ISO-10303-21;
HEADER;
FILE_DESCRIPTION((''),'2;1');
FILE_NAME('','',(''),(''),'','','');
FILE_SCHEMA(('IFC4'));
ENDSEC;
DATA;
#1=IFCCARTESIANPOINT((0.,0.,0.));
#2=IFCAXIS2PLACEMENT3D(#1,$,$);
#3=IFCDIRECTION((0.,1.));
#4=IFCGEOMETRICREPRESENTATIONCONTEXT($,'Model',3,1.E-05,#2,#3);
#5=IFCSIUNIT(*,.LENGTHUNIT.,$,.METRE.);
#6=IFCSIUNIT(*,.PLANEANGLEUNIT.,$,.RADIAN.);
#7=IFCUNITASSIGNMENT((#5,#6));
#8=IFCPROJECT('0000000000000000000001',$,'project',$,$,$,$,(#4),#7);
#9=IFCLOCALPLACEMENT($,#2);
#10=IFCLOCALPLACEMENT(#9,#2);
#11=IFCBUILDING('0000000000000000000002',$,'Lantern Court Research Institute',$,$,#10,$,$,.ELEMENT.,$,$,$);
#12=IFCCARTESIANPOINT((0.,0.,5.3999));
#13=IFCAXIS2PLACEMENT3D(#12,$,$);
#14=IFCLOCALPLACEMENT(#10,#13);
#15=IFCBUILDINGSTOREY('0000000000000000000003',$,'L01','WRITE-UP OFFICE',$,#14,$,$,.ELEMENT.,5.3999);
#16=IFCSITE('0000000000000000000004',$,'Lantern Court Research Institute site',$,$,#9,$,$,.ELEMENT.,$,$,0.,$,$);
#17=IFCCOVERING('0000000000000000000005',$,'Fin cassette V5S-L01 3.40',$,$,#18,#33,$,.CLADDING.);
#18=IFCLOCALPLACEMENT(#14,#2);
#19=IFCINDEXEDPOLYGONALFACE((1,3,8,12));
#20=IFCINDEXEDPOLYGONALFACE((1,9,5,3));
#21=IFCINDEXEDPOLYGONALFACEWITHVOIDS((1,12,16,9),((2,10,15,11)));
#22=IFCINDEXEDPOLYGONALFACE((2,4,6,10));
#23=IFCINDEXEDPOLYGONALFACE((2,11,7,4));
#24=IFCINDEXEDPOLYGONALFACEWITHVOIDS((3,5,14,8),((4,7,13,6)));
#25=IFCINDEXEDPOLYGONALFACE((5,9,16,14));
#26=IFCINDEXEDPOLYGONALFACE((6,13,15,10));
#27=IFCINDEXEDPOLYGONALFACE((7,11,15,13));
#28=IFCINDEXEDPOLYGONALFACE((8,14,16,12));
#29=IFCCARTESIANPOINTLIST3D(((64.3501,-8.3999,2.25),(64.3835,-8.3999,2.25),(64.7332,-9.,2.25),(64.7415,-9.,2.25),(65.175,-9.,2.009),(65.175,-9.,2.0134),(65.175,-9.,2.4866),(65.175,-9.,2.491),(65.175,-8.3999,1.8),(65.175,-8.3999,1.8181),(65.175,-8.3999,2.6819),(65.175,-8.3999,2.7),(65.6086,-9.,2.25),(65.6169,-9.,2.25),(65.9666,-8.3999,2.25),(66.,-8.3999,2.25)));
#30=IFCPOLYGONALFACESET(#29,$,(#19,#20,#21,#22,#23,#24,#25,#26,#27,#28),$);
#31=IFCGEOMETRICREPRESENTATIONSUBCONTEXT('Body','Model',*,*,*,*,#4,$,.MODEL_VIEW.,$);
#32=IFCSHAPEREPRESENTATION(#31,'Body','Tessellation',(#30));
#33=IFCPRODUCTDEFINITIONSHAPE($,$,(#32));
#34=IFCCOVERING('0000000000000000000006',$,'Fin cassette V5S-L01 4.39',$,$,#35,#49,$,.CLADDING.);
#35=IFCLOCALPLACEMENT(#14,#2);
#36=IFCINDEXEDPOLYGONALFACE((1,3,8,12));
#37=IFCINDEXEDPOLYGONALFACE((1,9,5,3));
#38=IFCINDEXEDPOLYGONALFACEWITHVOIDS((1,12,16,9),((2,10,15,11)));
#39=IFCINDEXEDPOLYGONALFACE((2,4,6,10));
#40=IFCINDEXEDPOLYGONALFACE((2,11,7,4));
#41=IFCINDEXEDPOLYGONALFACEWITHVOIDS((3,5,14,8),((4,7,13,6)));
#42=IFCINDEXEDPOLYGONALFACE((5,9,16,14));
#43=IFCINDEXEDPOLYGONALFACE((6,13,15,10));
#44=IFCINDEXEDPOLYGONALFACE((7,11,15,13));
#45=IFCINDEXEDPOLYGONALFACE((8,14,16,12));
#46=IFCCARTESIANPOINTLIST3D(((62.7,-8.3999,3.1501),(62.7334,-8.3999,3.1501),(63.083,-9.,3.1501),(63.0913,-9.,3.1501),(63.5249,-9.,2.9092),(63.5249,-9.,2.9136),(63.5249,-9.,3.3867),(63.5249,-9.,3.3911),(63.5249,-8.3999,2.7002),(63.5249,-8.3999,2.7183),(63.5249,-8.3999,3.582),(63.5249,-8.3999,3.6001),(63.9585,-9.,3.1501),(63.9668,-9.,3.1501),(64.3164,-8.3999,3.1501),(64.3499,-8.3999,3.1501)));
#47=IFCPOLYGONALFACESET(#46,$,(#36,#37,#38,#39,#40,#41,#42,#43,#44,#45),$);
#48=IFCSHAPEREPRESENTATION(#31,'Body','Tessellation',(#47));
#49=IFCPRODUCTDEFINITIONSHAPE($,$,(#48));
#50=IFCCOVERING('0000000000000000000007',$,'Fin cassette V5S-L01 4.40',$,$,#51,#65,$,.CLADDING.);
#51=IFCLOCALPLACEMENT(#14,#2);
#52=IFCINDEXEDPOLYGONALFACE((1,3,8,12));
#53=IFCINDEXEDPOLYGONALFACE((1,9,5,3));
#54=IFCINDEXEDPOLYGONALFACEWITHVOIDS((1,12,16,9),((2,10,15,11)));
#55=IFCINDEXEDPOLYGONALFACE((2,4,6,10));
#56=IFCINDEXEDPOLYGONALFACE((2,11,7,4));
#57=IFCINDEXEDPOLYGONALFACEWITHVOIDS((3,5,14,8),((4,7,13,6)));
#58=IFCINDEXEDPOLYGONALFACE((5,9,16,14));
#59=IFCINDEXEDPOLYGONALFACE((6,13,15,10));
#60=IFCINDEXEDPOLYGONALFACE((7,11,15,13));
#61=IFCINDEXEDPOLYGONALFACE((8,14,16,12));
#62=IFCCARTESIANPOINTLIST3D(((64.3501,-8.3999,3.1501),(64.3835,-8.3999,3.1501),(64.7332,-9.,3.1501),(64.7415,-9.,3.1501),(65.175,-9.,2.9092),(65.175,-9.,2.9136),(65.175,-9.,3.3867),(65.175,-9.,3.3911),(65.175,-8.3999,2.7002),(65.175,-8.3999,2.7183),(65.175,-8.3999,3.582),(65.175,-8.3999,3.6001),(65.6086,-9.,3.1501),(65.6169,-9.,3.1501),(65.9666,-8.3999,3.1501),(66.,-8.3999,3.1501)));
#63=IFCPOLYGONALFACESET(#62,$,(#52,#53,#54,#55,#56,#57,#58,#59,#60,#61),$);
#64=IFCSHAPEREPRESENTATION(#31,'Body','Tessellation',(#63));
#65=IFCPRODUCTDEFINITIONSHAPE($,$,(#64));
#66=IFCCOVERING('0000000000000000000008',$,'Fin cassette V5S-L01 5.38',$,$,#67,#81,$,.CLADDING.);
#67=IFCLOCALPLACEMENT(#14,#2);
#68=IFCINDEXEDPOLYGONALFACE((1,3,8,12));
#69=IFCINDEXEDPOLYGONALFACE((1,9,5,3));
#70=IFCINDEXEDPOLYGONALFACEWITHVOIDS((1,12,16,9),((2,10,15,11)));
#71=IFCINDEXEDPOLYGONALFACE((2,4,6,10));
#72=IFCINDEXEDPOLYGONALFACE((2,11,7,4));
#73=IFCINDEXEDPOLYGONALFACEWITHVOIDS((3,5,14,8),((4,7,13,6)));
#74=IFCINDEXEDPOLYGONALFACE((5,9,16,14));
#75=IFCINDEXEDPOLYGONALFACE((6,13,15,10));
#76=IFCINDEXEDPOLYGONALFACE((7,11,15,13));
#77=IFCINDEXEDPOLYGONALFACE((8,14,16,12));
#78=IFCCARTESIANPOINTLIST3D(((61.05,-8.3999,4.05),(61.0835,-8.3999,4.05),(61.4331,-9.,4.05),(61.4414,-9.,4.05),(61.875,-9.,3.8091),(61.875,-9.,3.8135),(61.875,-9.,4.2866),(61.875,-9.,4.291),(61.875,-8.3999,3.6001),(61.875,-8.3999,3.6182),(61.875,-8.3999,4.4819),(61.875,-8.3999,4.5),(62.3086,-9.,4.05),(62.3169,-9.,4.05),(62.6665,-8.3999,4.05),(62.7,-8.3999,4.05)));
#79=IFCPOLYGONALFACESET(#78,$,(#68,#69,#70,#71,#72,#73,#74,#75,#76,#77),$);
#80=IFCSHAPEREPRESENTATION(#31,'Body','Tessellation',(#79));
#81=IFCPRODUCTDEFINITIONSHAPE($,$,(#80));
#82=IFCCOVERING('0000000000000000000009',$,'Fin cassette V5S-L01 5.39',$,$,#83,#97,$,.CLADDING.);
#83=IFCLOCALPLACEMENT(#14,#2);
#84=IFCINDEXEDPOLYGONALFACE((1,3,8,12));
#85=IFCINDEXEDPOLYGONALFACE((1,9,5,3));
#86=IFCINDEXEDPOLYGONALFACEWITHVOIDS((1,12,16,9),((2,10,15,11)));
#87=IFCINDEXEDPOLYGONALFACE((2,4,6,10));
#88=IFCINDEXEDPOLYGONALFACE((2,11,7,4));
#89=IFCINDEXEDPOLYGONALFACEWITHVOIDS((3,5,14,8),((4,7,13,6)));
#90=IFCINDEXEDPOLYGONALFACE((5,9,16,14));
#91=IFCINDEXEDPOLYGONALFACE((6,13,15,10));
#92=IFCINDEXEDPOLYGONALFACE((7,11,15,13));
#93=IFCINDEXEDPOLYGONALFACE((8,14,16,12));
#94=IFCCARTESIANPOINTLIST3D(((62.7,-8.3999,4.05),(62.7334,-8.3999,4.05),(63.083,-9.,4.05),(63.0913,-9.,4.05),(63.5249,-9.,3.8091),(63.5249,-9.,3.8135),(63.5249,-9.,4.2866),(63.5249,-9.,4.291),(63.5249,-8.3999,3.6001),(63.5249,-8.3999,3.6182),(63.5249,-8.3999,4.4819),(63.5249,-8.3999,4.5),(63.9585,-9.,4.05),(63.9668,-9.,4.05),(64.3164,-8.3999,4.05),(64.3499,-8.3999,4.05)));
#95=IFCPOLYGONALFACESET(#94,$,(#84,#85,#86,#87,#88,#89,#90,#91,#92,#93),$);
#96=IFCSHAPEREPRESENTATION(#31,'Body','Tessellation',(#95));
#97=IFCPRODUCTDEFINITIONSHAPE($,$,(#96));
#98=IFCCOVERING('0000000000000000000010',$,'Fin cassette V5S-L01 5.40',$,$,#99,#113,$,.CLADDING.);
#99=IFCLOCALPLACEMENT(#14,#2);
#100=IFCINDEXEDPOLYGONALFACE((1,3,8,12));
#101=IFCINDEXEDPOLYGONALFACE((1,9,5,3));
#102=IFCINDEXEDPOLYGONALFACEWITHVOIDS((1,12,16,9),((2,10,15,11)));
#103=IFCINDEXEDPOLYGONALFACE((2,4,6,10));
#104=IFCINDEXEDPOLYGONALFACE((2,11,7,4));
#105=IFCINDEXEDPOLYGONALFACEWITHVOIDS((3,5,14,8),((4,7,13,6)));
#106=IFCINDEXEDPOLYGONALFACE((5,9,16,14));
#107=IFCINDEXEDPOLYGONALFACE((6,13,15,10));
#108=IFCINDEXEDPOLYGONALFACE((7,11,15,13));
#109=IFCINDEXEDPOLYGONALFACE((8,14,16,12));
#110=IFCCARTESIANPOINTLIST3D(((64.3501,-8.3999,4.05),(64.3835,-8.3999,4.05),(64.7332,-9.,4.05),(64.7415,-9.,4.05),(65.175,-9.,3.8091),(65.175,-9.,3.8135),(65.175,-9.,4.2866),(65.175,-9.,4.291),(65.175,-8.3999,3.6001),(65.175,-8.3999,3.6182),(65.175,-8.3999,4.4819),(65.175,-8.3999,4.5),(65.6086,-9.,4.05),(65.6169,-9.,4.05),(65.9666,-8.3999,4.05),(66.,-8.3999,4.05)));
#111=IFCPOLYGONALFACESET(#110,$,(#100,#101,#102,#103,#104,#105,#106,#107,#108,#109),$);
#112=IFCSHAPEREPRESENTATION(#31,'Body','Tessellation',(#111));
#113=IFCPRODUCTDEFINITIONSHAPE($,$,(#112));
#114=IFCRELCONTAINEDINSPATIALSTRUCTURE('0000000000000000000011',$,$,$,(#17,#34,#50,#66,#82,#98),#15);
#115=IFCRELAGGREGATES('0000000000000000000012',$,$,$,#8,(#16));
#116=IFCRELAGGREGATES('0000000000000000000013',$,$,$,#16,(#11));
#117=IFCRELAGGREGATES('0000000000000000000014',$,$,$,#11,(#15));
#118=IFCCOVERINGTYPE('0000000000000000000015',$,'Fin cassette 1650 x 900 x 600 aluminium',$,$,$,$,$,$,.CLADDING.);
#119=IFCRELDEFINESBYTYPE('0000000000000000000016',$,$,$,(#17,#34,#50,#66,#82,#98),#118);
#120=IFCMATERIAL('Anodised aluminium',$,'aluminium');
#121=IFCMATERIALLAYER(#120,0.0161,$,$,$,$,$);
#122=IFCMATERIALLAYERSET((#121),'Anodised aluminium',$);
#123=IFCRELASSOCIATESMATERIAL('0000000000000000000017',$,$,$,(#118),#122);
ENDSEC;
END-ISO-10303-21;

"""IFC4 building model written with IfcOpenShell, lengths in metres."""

from ifc_helpers import new_model, entity, si_unit, direction, frame, origin, place, context, subcontext, project, spatial, material, layer, layer_set, type_object, element, save


model = new_model("IFC4")

# Units and contexts
model_context = context("Model", 3, precision=1e-05, world=origin(), true_north=direction((0.0, 1.0)))
body_context = subcontext(model_context, "Body", "Model", "MODEL_VIEW")
ifc_project = project(units=[si_unit("LENGTHUNIT", "METRE"), si_unit("PLANEANGLEUNIT", "RADIAN")], contexts=[model_context])

# Site, building, storey
site_placement = place(None, origin())
site = spatial("IfcSite", under=ifc_project, at=site_placement, Name="Lantern Court Research Institute site", CompositionType="ELEMENT", RefElevation=0.0)
building_placement = place(site_placement, origin())
building = spatial("IfcBuilding", under=site, at=building_placement, Name="Lantern Court Research Institute", CompositionType="ELEMENT")
storey_placement = place(building_placement, frame((0.0, 0.0, 5.3999)))
storey = spatial("IfcBuildingStorey", under=building, at=storey_placement, Name="L01", Description="WRITE-UP OFFICE", CompositionType="ELEMENT", Elevation=5.3999)

# Coverings
ifc_material_1 = material(Name="Anodised aluminium", Category="aluminium")
ifc_layer_1 = layer(ifc_material_1, 0.0161)
ifc_layer_set_1 = layer_set([ifc_layer_1], Name="Anodised aluminium")
covering_type = type_object("IfcCoveringType", Name="Fin cassette 1650 x 900 x 600 aluminium", PredefinedType="CLADDING", material=ifc_layer_set_1)
covering_1_placement = place(storey_placement, frame((65.175, -8.3999, 2.25), z_axis=(0.0, -1.0, 0.0), x_axis=(1.0, 0.0, 0.0)))
cartesian_point_1 = entity("IfcCartesianPoint", [0.825, 0.0])
cartesian_point_2 = entity("IfcCartesianPoint", [0.7915, 0.0])
cartesian_point_3 = entity("IfcCartesianPoint", [0.4419, 0.0])
cartesian_point_4 = entity("IfcCartesianPoint", [0.4336, 0.0])
element("IfcCovering", 1, at=covering_1_placement, inside=storey, type_object=covering_type, Name="Fin cassette V5S-L01 3.40", PredefinedType="CLADDING", context=body_context, shape_type="SweptSolid", body=[
    entity("IfcExtrudedAreaSolidTapered", entity("IfcArbitraryProfileDefWithVoids", "AREA", None, entity("IfcPolyline", [cartesian_point_1, entity("IfcCartesianPoint", [0.0, 0.45]), entity("IfcCartesianPoint", [-0.825, 0.0]), entity("IfcCartesianPoint", [0.0, -0.45]), cartesian_point_1]), [entity("IfcPolyline", [cartesian_point_2, entity("IfcCartesianPoint", [0.0, 0.4319]), entity("IfcCartesianPoint", [-0.7915, 0.0]), entity("IfcCartesianPoint", [0.0, -0.4319]), cartesian_point_2])]), entity("IfcAxis2Placement3D", entity("IfcCartesianPoint", [0.0, 0.0, 0.0])), entity("IfcDirection", [0.0, 0.0, 1.0]), 0.6001, entity("IfcArbitraryProfileDefWithVoids", "AREA", None, entity("IfcPolyline", [cartesian_point_3, entity("IfcCartesianPoint", [0.0, 0.241]), entity("IfcCartesianPoint", [-0.4419, 0.0]), entity("IfcCartesianPoint", [0.0, -0.241]), cartesian_point_3]), [entity("IfcPolyline", [cartesian_point_4, entity("IfcCartesianPoint", [0.0, 0.2366]), entity("IfcCartesianPoint", [-0.4336, 0.0]), entity("IfcCartesianPoint", [0.0, -0.2366]), cartesian_point_4])])),
])
covering_2_placement = place(storey_placement, frame((63.5249, -8.3999, 3.1501), z_axis=(0.0, -1.0, 0.0), x_axis=(1.0, 0.0, 0.0)))
cartesian_point_5 = entity("IfcCartesianPoint", [0.825, 0.0])
cartesian_point_6 = entity("IfcCartesianPoint", [0.7915, 0.0])
cartesian_point_7 = entity("IfcCartesianPoint", [0.4419, 0.0])
cartesian_point_8 = entity("IfcCartesianPoint", [0.4336, 0.0])
element("IfcCovering", 2, at=covering_2_placement, inside=storey, type_object=covering_type, Name="Fin cassette V5S-L01 4.39", PredefinedType="CLADDING", context=body_context, shape_type="SweptSolid", body=[
    entity("IfcExtrudedAreaSolidTapered", entity("IfcArbitraryProfileDefWithVoids", "AREA", None, entity("IfcPolyline", [cartesian_point_5, entity("IfcCartesianPoint", [0.0, 0.45]), entity("IfcCartesianPoint", [-0.825, 0.0]), entity("IfcCartesianPoint", [0.0, -0.45]), cartesian_point_5]), [entity("IfcPolyline", [cartesian_point_6, entity("IfcCartesianPoint", [0.0, 0.4319]), entity("IfcCartesianPoint", [-0.7915, 0.0]), entity("IfcCartesianPoint", [0.0, -0.4319]), cartesian_point_6])]), entity("IfcAxis2Placement3D", entity("IfcCartesianPoint", [0.0, 0.0, 0.0])), entity("IfcDirection", [0.0, 0.0, 1.0]), 0.6001, entity("IfcArbitraryProfileDefWithVoids", "AREA", None, entity("IfcPolyline", [cartesian_point_7, entity("IfcCartesianPoint", [0.0, 0.241]), entity("IfcCartesianPoint", [-0.4419, 0.0]), entity("IfcCartesianPoint", [0.0, -0.241]), cartesian_point_7]), [entity("IfcPolyline", [cartesian_point_8, entity("IfcCartesianPoint", [0.0, 0.2366]), entity("IfcCartesianPoint", [-0.4336, 0.0]), entity("IfcCartesianPoint", [0.0, -0.2366]), cartesian_point_8])])),
])
covering_3_placement = place(storey_placement, frame((65.175, -8.3999, 3.1501), z_axis=(0.0, -1.0, 0.0), x_axis=(1.0, 0.0, 0.0)))
cartesian_point_9 = entity("IfcCartesianPoint", [0.825, 0.0])
cartesian_point_10 = entity("IfcCartesianPoint", [0.7915, 0.0])
cartesian_point_11 = entity("IfcCartesianPoint", [0.4419, 0.0])
cartesian_point_12 = entity("IfcCartesianPoint", [0.4336, 0.0])
element("IfcCovering", 3, at=covering_3_placement, inside=storey, type_object=covering_type, Name="Fin cassette V5S-L01 4.40", PredefinedType="CLADDING", context=body_context, shape_type="SweptSolid", body=[
    entity("IfcExtrudedAreaSolidTapered", entity("IfcArbitraryProfileDefWithVoids", "AREA", None, entity("IfcPolyline", [cartesian_point_9, entity("IfcCartesianPoint", [0.0, 0.45]), entity("IfcCartesianPoint", [-0.825, 0.0]), entity("IfcCartesianPoint", [0.0, -0.45]), cartesian_point_9]), [entity("IfcPolyline", [cartesian_point_10, entity("IfcCartesianPoint", [0.0, 0.4319]), entity("IfcCartesianPoint", [-0.7915, 0.0]), entity("IfcCartesianPoint", [0.0, -0.4319]), cartesian_point_10])]), entity("IfcAxis2Placement3D", entity("IfcCartesianPoint", [0.0, 0.0, 0.0])), entity("IfcDirection", [0.0, 0.0, 1.0]), 0.6001, entity("IfcArbitraryProfileDefWithVoids", "AREA", None, entity("IfcPolyline", [cartesian_point_11, entity("IfcCartesianPoint", [0.0, 0.241]), entity("IfcCartesianPoint", [-0.4419, 0.0]), entity("IfcCartesianPoint", [0.0, -0.241]), cartesian_point_11]), [entity("IfcPolyline", [cartesian_point_12, entity("IfcCartesianPoint", [0.0, 0.2366]), entity("IfcCartesianPoint", [-0.4336, 0.0]), entity("IfcCartesianPoint", [0.0, -0.2366]), cartesian_point_12])])),
])
covering_4_placement = place(storey_placement, frame((61.875, -8.3999, 4.05), z_axis=(0.0, -1.0, 0.0), x_axis=(1.0, 0.0, 0.0)))
cartesian_point_13 = entity("IfcCartesianPoint", [0.825, 0.0])
cartesian_point_14 = entity("IfcCartesianPoint", [0.7915, 0.0])
cartesian_point_15 = entity("IfcCartesianPoint", [0.4419, 0.0])
cartesian_point_16 = entity("IfcCartesianPoint", [0.4336, 0.0])
element("IfcCovering", 4, at=covering_4_placement, inside=storey, type_object=covering_type, Name="Fin cassette V5S-L01 5.38", PredefinedType="CLADDING", context=body_context, shape_type="SweptSolid", body=[
    entity("IfcExtrudedAreaSolidTapered", entity("IfcArbitraryProfileDefWithVoids", "AREA", None, entity("IfcPolyline", [cartesian_point_13, entity("IfcCartesianPoint", [0.0, 0.45]), entity("IfcCartesianPoint", [-0.825, 0.0]), entity("IfcCartesianPoint", [0.0, -0.45]), cartesian_point_13]), [entity("IfcPolyline", [cartesian_point_14, entity("IfcCartesianPoint", [0.0, 0.4319]), entity("IfcCartesianPoint", [-0.7915, 0.0]), entity("IfcCartesianPoint", [0.0, -0.4319]), cartesian_point_14])]), entity("IfcAxis2Placement3D", entity("IfcCartesianPoint", [0.0, 0.0, 0.0])), entity("IfcDirection", [0.0, 0.0, 1.0]), 0.6001, entity("IfcArbitraryProfileDefWithVoids", "AREA", None, entity("IfcPolyline", [cartesian_point_15, entity("IfcCartesianPoint", [0.0, 0.241]), entity("IfcCartesianPoint", [-0.4419, 0.0]), entity("IfcCartesianPoint", [0.0, -0.241]), cartesian_point_15]), [entity("IfcPolyline", [cartesian_point_16, entity("IfcCartesianPoint", [0.0, 0.2366]), entity("IfcCartesianPoint", [-0.4336, 0.0]), entity("IfcCartesianPoint", [0.0, -0.2366]), cartesian_point_16])])),
])
covering_5_placement = place(storey_placement, frame((63.5249, -8.3999, 4.05), z_axis=(0.0, -1.0, 0.0), x_axis=(1.0, 0.0, 0.0)))
cartesian_point_17 = entity("IfcCartesianPoint", [0.825, 0.0])
cartesian_point_18 = entity("IfcCartesianPoint", [0.7915, 0.0])
cartesian_point_19 = entity("IfcCartesianPoint", [0.4419, 0.0])
cartesian_point_20 = entity("IfcCartesianPoint", [0.4336, 0.0])
element("IfcCovering", 5, at=covering_5_placement, inside=storey, type_object=covering_type, Name="Fin cassette V5S-L01 5.39", PredefinedType="CLADDING", context=body_context, shape_type="SweptSolid", body=[
    entity("IfcExtrudedAreaSolidTapered", entity("IfcArbitraryProfileDefWithVoids", "AREA", None, entity("IfcPolyline", [cartesian_point_17, entity("IfcCartesianPoint", [0.0, 0.45]), entity("IfcCartesianPoint", [-0.825, 0.0]), entity("IfcCartesianPoint", [0.0, -0.45]), cartesian_point_17]), [entity("IfcPolyline", [cartesian_point_18, entity("IfcCartesianPoint", [0.0, 0.4319]), entity("IfcCartesianPoint", [-0.7915, 0.0]), entity("IfcCartesianPoint", [0.0, -0.4319]), cartesian_point_18])]), entity("IfcAxis2Placement3D", entity("IfcCartesianPoint", [0.0, 0.0, 0.0])), entity("IfcDirection", [0.0, 0.0, 1.0]), 0.6001, entity("IfcArbitraryProfileDefWithVoids", "AREA", None, entity("IfcPolyline", [cartesian_point_19, entity("IfcCartesianPoint", [0.0, 0.241]), entity("IfcCartesianPoint", [-0.4419, 0.0]), entity("IfcCartesianPoint", [0.0, -0.241]), cartesian_point_19]), [entity("IfcPolyline", [cartesian_point_20, entity("IfcCartesianPoint", [0.0, 0.2366]), entity("IfcCartesianPoint", [-0.4336, 0.0]), entity("IfcCartesianPoint", [0.0, -0.2366]), cartesian_point_20])])),
])
covering_6_placement = place(storey_placement, frame((65.175, -8.3999, 4.05), z_axis=(0.0, -1.0, 0.0), x_axis=(1.0, 0.0, 0.0)))
cartesian_point_21 = entity("IfcCartesianPoint", [0.825, 0.0])
cartesian_point_22 = entity("IfcCartesianPoint", [0.7915, 0.0])
cartesian_point_23 = entity("IfcCartesianPoint", [0.4419, 0.0])
cartesian_point_24 = entity("IfcCartesianPoint", [0.4336, 0.0])
element("IfcCovering", 6, at=covering_6_placement, inside=storey, type_object=covering_type, Name="Fin cassette V5S-L01 5.40", PredefinedType="CLADDING", context=body_context, shape_type="SweptSolid", body=[
    entity("IfcExtrudedAreaSolidTapered", entity("IfcArbitraryProfileDefWithVoids", "AREA", None, entity("IfcPolyline", [cartesian_point_21, entity("IfcCartesianPoint", [0.0, 0.45]), entity("IfcCartesianPoint", [-0.825, 0.0]), entity("IfcCartesianPoint", [0.0, -0.45]), cartesian_point_21]), [entity("IfcPolyline", [cartesian_point_22, entity("IfcCartesianPoint", [0.0, 0.4319]), entity("IfcCartesianPoint", [-0.7915, 0.0]), entity("IfcCartesianPoint", [0.0, -0.4319]), cartesian_point_22])]), entity("IfcAxis2Placement3D", entity("IfcCartesianPoint", [0.0, 0.0, 0.0])), entity("IfcDirection", [0.0, 0.0, 1.0]), 0.6001, entity("IfcArbitraryProfileDefWithVoids", "AREA", None, entity("IfcPolyline", [cartesian_point_23, entity("IfcCartesianPoint", [0.0, 0.241]), entity("IfcCartesianPoint", [-0.4419, 0.0]), entity("IfcCartesianPoint", [0.0, -0.241]), cartesian_point_23]), [entity("IfcPolyline", [cartesian_point_24, entity("IfcCartesianPoint", [0.0, 0.2366]), entity("IfcCartesianPoint", [-0.4336, 0.0]), entity("IfcCartesianPoint", [0.0, -0.2366]), cartesian_point_24])])),
])

save(model, "model.ifc")
